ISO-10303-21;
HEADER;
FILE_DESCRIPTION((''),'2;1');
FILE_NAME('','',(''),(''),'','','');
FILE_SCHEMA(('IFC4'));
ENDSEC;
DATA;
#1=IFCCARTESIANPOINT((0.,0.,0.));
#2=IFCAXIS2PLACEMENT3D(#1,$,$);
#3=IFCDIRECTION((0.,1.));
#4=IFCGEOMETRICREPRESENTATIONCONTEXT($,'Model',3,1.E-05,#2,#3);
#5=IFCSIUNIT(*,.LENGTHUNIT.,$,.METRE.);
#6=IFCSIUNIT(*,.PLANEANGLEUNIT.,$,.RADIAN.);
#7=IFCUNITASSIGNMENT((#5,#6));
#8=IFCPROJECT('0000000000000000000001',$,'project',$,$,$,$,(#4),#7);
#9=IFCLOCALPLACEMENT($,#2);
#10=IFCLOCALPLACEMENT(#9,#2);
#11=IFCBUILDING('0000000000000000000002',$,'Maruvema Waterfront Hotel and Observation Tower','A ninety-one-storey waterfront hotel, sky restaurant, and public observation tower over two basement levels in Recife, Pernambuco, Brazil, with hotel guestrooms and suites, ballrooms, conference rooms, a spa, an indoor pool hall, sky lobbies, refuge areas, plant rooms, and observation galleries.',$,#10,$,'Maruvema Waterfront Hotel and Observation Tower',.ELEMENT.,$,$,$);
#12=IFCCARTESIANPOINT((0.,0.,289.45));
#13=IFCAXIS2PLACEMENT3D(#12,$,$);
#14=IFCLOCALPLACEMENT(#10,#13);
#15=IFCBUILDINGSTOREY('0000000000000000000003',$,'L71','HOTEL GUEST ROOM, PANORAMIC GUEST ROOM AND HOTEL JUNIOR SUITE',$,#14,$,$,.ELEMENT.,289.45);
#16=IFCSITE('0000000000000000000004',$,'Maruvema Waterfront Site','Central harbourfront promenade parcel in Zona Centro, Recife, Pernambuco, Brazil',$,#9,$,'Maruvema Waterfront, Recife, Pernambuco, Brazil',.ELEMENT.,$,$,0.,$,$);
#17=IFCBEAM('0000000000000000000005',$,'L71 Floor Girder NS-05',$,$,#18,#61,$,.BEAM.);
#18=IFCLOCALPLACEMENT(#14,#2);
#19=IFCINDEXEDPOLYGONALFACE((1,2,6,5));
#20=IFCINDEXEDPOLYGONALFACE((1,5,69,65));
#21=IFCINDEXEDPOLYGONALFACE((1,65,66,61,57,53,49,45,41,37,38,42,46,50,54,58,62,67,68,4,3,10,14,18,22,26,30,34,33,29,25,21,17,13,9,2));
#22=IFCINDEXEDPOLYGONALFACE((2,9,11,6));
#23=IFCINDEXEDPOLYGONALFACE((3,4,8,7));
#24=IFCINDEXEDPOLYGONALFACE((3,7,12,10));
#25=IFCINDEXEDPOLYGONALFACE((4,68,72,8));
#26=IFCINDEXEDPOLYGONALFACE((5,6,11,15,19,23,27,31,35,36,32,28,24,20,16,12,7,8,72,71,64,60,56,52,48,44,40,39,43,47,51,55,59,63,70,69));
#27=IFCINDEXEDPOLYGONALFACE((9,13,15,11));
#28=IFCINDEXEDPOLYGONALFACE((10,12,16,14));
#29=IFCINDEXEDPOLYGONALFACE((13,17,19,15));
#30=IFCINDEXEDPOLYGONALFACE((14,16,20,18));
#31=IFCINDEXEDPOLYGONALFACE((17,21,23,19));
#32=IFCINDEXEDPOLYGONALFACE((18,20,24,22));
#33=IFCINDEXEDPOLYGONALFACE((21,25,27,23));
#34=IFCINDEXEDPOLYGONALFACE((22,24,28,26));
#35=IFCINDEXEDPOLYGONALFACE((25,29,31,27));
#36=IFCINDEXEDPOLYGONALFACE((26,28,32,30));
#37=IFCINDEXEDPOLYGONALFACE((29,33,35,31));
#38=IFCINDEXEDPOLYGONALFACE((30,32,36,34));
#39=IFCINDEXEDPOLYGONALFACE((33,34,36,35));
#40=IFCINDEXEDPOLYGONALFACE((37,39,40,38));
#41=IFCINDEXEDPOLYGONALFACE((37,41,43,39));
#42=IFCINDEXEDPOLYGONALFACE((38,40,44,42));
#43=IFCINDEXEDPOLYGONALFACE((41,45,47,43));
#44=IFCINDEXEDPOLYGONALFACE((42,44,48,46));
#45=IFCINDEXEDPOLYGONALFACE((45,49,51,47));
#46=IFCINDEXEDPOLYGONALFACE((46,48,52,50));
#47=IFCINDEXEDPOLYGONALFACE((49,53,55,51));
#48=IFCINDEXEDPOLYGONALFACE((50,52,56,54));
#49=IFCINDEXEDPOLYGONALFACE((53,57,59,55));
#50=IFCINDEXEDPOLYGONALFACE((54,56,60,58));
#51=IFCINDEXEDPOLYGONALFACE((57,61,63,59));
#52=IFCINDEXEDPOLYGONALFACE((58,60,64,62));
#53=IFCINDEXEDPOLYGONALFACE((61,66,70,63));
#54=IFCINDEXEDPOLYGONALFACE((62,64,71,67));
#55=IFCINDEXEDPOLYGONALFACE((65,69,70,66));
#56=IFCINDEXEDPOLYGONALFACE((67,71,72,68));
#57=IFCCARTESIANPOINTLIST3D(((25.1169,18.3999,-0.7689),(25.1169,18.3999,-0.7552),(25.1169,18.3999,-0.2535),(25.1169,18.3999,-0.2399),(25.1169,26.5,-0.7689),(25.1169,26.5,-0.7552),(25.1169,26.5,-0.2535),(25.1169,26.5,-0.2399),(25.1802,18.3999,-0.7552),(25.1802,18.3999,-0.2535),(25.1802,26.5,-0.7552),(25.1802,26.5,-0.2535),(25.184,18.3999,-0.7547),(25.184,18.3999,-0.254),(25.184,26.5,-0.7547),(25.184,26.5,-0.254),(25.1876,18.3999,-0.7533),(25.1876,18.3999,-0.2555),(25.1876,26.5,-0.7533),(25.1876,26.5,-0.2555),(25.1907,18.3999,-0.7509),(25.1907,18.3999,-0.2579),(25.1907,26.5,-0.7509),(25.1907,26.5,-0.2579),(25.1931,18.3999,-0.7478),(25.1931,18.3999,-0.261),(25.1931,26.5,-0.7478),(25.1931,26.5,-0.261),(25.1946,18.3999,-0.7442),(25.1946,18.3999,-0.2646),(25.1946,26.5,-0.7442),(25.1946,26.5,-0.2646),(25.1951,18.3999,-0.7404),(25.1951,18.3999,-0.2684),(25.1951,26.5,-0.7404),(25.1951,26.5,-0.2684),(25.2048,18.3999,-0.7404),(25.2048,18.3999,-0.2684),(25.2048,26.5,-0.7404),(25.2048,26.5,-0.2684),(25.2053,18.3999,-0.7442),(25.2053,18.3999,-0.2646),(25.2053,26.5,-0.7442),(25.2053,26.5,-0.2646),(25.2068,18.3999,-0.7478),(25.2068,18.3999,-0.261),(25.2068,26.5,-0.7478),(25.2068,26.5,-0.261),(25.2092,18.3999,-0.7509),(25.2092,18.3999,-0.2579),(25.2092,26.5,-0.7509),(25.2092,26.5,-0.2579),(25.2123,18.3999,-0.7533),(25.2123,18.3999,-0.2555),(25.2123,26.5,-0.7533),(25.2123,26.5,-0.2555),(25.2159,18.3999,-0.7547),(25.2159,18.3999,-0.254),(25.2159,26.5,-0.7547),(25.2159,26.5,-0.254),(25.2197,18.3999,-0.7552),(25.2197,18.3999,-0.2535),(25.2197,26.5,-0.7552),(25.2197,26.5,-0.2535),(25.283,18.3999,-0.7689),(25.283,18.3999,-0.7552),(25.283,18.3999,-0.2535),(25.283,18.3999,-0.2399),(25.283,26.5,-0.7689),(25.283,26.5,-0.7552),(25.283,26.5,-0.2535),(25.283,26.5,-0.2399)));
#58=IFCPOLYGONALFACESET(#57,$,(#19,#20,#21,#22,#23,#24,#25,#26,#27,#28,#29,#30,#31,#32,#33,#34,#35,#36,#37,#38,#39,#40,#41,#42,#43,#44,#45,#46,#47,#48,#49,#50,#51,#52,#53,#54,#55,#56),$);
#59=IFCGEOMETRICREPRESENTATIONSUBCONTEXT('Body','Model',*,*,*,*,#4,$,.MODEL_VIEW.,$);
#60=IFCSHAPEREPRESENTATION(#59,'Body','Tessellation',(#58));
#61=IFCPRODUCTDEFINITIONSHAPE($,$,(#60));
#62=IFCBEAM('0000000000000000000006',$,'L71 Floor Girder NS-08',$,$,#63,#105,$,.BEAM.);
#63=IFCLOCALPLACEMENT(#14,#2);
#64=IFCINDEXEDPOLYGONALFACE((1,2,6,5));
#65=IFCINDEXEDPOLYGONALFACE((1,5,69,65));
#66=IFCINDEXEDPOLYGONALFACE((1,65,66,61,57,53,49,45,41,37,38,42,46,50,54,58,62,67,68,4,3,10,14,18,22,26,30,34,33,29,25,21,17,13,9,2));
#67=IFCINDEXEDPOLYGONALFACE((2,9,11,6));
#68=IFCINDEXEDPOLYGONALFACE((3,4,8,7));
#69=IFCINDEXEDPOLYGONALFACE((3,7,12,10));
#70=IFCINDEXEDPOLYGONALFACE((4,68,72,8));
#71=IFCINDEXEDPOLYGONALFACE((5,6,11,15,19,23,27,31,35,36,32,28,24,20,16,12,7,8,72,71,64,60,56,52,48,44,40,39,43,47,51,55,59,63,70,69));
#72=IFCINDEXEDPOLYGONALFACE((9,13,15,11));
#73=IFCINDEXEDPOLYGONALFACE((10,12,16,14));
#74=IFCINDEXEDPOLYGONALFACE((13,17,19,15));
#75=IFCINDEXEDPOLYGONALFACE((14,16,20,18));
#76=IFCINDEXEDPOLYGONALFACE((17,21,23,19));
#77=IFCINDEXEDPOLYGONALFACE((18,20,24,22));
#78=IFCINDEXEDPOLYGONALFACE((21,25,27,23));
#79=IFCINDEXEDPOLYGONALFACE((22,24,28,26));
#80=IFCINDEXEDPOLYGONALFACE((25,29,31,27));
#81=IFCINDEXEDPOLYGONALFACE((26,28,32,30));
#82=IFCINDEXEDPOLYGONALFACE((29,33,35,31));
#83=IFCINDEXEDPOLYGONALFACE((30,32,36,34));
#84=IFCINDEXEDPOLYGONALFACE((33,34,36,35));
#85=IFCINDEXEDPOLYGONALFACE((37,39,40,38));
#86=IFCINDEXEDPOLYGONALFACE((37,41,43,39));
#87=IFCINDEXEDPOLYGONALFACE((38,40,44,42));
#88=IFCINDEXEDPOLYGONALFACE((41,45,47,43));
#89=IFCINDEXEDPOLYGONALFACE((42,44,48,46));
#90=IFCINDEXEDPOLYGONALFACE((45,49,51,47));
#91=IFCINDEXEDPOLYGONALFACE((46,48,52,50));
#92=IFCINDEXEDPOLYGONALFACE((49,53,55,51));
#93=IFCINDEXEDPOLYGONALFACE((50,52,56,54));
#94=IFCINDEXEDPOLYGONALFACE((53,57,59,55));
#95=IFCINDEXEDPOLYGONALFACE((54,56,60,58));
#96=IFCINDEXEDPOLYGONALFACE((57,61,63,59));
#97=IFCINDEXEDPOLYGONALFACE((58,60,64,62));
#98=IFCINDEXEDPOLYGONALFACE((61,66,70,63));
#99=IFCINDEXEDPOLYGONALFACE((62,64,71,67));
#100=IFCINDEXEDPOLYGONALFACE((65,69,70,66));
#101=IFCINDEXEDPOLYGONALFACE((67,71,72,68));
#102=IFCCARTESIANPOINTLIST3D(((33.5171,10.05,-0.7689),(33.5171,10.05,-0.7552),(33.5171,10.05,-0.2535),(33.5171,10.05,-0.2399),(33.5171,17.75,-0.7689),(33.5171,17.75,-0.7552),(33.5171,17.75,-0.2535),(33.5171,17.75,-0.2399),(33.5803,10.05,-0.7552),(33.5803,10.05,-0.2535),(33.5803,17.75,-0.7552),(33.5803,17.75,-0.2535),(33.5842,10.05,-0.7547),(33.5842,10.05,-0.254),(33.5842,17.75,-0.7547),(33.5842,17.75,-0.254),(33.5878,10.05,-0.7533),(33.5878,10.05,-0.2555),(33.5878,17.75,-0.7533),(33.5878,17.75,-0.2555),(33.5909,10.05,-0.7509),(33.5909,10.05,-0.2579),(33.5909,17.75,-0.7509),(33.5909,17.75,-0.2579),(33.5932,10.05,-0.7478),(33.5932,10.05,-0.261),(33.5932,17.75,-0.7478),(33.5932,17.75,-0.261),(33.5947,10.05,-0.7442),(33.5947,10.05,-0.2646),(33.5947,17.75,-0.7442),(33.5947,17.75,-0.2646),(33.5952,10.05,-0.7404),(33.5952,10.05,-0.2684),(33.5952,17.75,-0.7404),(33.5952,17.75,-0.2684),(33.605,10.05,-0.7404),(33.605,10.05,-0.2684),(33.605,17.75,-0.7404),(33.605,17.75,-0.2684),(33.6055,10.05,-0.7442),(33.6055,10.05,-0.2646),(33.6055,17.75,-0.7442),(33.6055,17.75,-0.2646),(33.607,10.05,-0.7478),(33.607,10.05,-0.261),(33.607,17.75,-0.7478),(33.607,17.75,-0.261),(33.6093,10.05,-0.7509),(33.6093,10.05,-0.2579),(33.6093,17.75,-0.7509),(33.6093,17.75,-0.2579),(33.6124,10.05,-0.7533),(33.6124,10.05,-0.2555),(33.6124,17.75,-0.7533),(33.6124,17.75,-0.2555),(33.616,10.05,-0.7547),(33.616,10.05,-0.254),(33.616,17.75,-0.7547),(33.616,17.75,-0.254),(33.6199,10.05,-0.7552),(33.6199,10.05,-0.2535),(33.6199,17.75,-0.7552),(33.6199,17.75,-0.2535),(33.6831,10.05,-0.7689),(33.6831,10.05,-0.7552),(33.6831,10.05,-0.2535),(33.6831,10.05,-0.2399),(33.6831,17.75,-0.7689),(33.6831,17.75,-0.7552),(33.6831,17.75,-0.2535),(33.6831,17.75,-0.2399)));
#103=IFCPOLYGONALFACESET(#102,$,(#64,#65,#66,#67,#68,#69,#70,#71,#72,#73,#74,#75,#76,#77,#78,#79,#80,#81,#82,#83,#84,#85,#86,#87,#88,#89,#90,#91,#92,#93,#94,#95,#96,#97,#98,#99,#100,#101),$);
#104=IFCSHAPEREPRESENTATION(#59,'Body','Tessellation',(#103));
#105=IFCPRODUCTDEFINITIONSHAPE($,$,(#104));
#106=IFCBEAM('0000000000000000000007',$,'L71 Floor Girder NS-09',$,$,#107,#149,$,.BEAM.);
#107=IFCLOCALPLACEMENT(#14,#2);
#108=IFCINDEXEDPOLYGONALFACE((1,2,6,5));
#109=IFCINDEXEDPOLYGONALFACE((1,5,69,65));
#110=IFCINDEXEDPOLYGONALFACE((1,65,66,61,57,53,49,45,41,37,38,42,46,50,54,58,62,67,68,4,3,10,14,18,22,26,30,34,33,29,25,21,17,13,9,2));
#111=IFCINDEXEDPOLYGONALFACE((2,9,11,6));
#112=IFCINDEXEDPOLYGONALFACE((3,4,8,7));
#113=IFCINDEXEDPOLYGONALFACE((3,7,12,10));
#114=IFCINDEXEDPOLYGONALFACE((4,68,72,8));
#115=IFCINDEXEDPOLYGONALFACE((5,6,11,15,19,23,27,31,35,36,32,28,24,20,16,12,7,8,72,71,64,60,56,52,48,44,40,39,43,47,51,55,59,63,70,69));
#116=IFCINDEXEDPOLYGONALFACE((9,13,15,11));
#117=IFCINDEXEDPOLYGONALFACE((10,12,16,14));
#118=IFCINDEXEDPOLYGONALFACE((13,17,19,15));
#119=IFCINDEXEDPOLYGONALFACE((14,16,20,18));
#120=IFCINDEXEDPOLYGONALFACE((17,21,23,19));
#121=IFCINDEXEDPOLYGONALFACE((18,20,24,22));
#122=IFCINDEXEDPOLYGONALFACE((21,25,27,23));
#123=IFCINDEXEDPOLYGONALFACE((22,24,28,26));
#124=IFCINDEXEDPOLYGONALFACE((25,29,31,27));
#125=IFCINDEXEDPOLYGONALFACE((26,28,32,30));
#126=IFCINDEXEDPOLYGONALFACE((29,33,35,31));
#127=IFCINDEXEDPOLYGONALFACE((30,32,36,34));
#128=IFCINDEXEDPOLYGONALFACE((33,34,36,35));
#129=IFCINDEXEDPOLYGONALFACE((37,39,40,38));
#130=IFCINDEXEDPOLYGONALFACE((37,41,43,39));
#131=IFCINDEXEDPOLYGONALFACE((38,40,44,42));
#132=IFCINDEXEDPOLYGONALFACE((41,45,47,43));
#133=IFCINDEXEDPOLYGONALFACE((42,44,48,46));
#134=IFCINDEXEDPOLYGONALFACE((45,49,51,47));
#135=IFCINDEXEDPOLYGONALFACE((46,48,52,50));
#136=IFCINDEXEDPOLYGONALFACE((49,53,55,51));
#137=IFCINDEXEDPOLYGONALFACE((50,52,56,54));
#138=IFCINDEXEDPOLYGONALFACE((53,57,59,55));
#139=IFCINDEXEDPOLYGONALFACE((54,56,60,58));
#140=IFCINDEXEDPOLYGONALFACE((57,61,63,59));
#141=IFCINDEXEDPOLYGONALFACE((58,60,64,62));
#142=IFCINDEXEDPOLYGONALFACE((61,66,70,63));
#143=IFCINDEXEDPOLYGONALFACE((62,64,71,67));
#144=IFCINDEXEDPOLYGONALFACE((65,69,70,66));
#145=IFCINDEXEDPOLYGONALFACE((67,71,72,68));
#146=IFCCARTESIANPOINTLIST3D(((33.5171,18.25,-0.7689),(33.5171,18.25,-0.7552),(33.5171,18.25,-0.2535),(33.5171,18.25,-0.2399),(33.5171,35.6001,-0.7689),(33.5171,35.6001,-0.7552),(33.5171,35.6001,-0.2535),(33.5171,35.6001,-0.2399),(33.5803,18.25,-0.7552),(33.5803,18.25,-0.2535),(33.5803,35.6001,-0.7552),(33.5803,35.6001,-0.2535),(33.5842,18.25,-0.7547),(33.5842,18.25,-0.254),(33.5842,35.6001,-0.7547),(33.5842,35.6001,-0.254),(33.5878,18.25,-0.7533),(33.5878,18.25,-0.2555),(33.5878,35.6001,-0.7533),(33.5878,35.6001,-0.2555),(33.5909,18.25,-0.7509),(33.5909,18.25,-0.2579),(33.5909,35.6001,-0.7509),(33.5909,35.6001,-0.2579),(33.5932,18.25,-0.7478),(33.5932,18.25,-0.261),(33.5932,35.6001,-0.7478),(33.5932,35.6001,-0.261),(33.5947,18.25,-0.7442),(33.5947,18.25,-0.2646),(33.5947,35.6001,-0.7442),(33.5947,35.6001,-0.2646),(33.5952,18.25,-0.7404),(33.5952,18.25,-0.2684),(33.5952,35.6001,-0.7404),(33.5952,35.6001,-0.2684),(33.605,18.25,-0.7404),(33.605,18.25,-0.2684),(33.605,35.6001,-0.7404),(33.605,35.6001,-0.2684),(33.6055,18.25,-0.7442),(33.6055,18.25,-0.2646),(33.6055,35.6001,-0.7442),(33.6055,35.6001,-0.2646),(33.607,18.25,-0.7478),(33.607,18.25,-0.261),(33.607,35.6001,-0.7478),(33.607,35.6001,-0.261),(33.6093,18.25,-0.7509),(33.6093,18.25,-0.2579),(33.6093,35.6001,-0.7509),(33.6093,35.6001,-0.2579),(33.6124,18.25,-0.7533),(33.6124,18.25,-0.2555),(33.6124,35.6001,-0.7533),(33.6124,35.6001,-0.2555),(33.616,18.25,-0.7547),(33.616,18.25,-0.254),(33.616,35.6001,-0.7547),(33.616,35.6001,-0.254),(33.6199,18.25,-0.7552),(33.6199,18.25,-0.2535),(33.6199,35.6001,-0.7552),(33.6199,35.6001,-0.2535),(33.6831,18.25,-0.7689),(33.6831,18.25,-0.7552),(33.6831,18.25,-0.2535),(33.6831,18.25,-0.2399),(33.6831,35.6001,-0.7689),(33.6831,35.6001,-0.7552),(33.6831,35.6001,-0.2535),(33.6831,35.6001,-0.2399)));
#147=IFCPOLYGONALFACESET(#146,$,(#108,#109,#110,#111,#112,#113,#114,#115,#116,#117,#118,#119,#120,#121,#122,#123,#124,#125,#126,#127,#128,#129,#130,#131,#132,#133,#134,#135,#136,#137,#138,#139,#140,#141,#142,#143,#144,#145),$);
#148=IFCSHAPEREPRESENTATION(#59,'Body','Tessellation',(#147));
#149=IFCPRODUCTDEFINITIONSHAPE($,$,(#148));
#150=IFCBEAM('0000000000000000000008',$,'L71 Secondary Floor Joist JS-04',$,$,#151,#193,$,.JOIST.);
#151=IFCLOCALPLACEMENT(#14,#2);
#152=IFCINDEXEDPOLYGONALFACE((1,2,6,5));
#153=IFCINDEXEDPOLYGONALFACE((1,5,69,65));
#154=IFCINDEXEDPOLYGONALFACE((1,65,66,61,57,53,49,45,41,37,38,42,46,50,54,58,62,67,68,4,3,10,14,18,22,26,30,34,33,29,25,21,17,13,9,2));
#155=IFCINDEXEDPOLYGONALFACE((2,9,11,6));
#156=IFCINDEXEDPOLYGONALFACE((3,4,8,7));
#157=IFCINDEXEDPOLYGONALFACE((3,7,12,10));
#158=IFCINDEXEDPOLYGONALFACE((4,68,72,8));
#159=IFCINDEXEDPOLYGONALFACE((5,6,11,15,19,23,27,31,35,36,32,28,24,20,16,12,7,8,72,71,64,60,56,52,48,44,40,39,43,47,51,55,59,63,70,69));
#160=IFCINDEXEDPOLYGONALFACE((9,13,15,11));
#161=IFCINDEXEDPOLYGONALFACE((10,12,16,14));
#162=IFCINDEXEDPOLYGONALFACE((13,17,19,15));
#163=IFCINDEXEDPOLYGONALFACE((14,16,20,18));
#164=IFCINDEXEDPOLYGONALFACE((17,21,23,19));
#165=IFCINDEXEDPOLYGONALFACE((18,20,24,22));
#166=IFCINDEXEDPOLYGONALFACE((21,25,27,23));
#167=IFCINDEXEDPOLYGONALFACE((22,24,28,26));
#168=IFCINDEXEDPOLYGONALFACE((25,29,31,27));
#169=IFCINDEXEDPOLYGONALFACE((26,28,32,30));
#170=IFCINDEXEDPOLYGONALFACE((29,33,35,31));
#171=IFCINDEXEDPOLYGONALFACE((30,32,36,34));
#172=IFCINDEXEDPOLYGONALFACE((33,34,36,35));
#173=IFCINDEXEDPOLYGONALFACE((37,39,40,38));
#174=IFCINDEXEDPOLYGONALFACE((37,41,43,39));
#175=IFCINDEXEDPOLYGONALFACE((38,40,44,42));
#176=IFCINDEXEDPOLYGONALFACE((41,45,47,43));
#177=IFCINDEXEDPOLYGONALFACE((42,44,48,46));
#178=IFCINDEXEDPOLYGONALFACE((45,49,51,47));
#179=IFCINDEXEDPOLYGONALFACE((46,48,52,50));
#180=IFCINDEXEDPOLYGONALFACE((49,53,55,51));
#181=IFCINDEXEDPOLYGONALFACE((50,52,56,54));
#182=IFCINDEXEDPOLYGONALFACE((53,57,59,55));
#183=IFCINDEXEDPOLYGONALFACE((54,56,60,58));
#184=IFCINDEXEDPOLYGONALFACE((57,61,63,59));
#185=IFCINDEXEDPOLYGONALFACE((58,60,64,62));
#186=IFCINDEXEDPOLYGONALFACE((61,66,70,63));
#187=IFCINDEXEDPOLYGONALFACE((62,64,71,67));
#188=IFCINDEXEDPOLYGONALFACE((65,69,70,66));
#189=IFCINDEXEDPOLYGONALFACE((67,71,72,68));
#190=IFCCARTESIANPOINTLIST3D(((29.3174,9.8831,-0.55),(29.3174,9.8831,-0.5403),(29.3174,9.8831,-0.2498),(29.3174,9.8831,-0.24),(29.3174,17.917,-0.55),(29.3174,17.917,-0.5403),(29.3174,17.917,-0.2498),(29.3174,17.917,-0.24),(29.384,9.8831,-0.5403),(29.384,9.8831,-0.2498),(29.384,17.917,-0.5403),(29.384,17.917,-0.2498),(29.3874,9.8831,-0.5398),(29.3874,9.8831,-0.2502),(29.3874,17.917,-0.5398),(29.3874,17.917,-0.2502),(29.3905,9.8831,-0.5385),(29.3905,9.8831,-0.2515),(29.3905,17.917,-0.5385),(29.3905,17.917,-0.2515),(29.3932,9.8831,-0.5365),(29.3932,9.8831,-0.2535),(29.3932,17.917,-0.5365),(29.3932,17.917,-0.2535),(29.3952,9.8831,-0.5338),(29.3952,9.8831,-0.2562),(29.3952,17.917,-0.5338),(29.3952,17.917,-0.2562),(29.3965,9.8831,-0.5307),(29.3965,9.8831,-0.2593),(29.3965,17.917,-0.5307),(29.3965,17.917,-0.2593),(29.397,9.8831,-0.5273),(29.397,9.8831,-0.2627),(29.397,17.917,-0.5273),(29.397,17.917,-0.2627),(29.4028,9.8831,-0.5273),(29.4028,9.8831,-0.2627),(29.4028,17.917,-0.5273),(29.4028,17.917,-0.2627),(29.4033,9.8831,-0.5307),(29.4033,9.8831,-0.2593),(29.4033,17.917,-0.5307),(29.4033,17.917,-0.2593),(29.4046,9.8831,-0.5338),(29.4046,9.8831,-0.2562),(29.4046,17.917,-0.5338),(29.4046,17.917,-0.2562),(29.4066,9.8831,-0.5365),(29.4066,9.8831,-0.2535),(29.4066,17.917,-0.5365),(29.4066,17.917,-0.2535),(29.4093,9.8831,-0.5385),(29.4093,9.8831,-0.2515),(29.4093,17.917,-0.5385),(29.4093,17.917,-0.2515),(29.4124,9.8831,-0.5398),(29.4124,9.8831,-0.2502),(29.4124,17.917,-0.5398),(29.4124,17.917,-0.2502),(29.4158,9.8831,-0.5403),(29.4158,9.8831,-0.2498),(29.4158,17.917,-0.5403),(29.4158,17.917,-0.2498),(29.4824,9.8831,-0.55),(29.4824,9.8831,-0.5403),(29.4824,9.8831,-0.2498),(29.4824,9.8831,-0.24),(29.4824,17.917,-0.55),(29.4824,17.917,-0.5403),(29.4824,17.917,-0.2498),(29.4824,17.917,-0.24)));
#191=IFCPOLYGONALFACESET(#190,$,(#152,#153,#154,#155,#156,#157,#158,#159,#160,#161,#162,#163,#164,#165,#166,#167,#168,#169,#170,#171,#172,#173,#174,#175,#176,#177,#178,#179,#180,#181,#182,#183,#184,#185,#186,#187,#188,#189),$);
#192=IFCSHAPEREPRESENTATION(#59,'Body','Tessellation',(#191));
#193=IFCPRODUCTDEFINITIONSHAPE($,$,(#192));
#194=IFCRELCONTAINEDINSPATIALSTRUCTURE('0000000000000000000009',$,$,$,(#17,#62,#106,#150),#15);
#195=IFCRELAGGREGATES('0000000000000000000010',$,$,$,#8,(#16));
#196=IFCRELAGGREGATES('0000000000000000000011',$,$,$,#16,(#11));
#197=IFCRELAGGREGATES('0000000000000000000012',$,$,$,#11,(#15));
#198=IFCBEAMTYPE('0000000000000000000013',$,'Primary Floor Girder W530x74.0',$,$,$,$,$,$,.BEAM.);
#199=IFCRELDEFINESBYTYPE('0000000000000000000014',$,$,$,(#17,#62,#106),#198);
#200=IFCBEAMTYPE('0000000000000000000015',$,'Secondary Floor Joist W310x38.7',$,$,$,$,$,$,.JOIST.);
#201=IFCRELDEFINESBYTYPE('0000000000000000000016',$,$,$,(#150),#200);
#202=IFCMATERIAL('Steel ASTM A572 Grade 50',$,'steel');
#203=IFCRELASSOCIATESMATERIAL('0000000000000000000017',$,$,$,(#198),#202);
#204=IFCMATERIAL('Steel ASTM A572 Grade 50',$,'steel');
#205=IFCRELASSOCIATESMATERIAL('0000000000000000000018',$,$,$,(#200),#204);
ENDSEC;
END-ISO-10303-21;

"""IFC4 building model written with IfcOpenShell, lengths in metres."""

from ifc_helpers import new_model, si_unit, direction, frame, origin, origin_2d, place, context, subcontext, project, spatial, i_section, extrude, material, material_profile, profile_set, type_object, element, save


model = new_model("IFC4")

# Units and contexts
model_context = context("Model", 3, precision=1e-05, world=origin(), true_north=direction((0.0, 1.0)))
body_context = subcontext(model_context, "Body", "Model", "MODEL_VIEW")
ifc_project = project(units=[si_unit("LENGTHUNIT", "METRE"), si_unit("PLANEANGLEUNIT", "RADIAN")], contexts=[model_context])

# Site, building, storey
site_placement = place(None, origin())
site = spatial("IfcSite", under=ifc_project, at=site_placement, Name="Maruvema Waterfront Site", Description="Central harbourfront promenade parcel in Zona Centro, Recife, Pernambuco, Brazil", LongName="Maruvema Waterfront, Recife, Pernambuco, Brazil", CompositionType="ELEMENT", RefElevation=0.0)
building_placement = place(site_placement, origin())
building = spatial("IfcBuilding", under=site, at=building_placement, Name="Maruvema Waterfront Hotel and Observation Tower", Description="A ninety-one-storey waterfront hotel, sky restaurant, and public observation tower over two basement levels in Recife, Pernambuco, Brazil, with hotel guestrooms and suites, ballrooms, conference rooms, a spa, an indoor pool hall, sky lobbies, refuge areas, plant rooms, and observation galleries.", LongName="Maruvema Waterfront Hotel and Observation Tower", CompositionType="ELEMENT")
storey_placement = place(building_placement, frame((0.0, 0.0, 289.45)))
storey = spatial("IfcBuildingStorey", under=building, at=storey_placement, Name="L71", Description="HOTEL GUEST ROOM, PANORAMIC GUEST ROOM AND HOTEL JUNIOR SUITE", CompositionType="ELEMENT", Elevation=289.45)

# Beams
ifc_material_1 = material(Name="Steel ASTM A572 Grade 50", Category="steel")
ifc_material_profile_1 = material_profile(ifc_material_1, i_section(OverallWidth=0.166, OverallDepth=0.5291, WebThickness=0.0098, FlangeThickness=0.0137, FilletRadius=0.0149, at=origin_2d()), Name="W530x74.0")
ifc_profile_set_1 = profile_set([ifc_material_profile_1], Name="Steel ASTM A572 Grade 50")
beam_type_1 = type_object("IfcBeamType", Name="Primary Floor Girder W530x74.0", PredefinedType="BEAM", material=ifc_profile_set_1)
beam_1_placement = place(storey_placement, frame((25.2, 18.3999, -0.5044), z_axis=(0.0, 1.0, 0.0), x_axis=(-1.0, 0.0, 0.0)))
element("IfcBeam", 1, at=beam_1_placement, inside=storey, type_object=beam_type_1, Name="L71 Floor Girder NS-05", PredefinedType="BEAM", context=body_context, shape_type="SweptSolid", body=[
    extrude(i_section(OverallWidth=0.166, OverallDepth=0.5291, WebThickness=0.0098, FlangeThickness=0.0137, FilletRadius=0.0149, at=origin_2d()), origin(), (0.0, 0.0, 1.0), 8.1001),
])
beam_2_placement = place(storey_placement, frame((33.6001, 10.05, -0.5044), z_axis=(0.0, 1.0, 0.0), x_axis=(-1.0, 0.0, 0.0)))
element("IfcBeam", 2, at=beam_2_placement, inside=storey, type_object=beam_type_1, Name="L71 Floor Girder NS-08", PredefinedType="BEAM", context=body_context, shape_type="SweptSolid", body=[
    extrude(i_section(OverallWidth=0.166, OverallDepth=0.5291, WebThickness=0.0098, FlangeThickness=0.0137, FilletRadius=0.0149, at=origin_2d()), origin(), (0.0, 0.0, 1.0), 7.7),
])
beam_3_placement = place(storey_placement, frame((33.6001, 18.25, -0.5044), z_axis=(0.0, 1.0, 0.0), x_axis=(-1.0, 0.0, 0.0)))
element("IfcBeam", 3, at=beam_3_placement, inside=storey, type_object=beam_type_1, Name="L71 Floor Girder NS-09", PredefinedType="BEAM", context=body_context, shape_type="SweptSolid", body=[
    extrude(i_section(OverallWidth=0.166, OverallDepth=0.5291, WebThickness=0.0098, FlangeThickness=0.0137, FilletRadius=0.0149, at=origin_2d()), origin(), (0.0, 0.0, 1.0), 17.3501),
])
ifc_material_2 = material(Name="Steel ASTM A572 Grade 50", Category="steel")
ifc_material_profile_2 = material_profile(ifc_material_2, i_section(OverallWidth=0.165, OverallDepth=0.3101, WebThickness=0.0059, FlangeThickness=0.0098, FilletRadius=0.0129, at=origin_2d()), Name="W310x38.7")
ifc_profile_set_2 = profile_set([ifc_material_profile_2], Name="Steel ASTM A572 Grade 50")
beam_type_2 = type_object("IfcBeamType", Name="Secondary Floor Joist W310x38.7", PredefinedType="JOIST", material=ifc_profile_set_2)
beam_4_placement = place(storey_placement, frame((29.3999, 9.8831, -0.395), z_axis=(0.0, 1.0, 0.0), x_axis=(-1.0, 0.0, 0.0)))
element("IfcBeam", 4, at=beam_4_placement, inside=storey, type_object=beam_type_2, Name="L71 Secondary Floor Joist JS-04", PredefinedType="JOIST", context=body_context, shape_type="SweptSolid", body=[
    extrude(i_section(OverallWidth=0.165, OverallDepth=0.3101, WebThickness=0.0059, FlangeThickness=0.0098, FilletRadius=0.0129, at=origin_2d()), origin(), (0.0, 0.0, 1.0), 8.0339),
])

save(model, "model.ifc")
